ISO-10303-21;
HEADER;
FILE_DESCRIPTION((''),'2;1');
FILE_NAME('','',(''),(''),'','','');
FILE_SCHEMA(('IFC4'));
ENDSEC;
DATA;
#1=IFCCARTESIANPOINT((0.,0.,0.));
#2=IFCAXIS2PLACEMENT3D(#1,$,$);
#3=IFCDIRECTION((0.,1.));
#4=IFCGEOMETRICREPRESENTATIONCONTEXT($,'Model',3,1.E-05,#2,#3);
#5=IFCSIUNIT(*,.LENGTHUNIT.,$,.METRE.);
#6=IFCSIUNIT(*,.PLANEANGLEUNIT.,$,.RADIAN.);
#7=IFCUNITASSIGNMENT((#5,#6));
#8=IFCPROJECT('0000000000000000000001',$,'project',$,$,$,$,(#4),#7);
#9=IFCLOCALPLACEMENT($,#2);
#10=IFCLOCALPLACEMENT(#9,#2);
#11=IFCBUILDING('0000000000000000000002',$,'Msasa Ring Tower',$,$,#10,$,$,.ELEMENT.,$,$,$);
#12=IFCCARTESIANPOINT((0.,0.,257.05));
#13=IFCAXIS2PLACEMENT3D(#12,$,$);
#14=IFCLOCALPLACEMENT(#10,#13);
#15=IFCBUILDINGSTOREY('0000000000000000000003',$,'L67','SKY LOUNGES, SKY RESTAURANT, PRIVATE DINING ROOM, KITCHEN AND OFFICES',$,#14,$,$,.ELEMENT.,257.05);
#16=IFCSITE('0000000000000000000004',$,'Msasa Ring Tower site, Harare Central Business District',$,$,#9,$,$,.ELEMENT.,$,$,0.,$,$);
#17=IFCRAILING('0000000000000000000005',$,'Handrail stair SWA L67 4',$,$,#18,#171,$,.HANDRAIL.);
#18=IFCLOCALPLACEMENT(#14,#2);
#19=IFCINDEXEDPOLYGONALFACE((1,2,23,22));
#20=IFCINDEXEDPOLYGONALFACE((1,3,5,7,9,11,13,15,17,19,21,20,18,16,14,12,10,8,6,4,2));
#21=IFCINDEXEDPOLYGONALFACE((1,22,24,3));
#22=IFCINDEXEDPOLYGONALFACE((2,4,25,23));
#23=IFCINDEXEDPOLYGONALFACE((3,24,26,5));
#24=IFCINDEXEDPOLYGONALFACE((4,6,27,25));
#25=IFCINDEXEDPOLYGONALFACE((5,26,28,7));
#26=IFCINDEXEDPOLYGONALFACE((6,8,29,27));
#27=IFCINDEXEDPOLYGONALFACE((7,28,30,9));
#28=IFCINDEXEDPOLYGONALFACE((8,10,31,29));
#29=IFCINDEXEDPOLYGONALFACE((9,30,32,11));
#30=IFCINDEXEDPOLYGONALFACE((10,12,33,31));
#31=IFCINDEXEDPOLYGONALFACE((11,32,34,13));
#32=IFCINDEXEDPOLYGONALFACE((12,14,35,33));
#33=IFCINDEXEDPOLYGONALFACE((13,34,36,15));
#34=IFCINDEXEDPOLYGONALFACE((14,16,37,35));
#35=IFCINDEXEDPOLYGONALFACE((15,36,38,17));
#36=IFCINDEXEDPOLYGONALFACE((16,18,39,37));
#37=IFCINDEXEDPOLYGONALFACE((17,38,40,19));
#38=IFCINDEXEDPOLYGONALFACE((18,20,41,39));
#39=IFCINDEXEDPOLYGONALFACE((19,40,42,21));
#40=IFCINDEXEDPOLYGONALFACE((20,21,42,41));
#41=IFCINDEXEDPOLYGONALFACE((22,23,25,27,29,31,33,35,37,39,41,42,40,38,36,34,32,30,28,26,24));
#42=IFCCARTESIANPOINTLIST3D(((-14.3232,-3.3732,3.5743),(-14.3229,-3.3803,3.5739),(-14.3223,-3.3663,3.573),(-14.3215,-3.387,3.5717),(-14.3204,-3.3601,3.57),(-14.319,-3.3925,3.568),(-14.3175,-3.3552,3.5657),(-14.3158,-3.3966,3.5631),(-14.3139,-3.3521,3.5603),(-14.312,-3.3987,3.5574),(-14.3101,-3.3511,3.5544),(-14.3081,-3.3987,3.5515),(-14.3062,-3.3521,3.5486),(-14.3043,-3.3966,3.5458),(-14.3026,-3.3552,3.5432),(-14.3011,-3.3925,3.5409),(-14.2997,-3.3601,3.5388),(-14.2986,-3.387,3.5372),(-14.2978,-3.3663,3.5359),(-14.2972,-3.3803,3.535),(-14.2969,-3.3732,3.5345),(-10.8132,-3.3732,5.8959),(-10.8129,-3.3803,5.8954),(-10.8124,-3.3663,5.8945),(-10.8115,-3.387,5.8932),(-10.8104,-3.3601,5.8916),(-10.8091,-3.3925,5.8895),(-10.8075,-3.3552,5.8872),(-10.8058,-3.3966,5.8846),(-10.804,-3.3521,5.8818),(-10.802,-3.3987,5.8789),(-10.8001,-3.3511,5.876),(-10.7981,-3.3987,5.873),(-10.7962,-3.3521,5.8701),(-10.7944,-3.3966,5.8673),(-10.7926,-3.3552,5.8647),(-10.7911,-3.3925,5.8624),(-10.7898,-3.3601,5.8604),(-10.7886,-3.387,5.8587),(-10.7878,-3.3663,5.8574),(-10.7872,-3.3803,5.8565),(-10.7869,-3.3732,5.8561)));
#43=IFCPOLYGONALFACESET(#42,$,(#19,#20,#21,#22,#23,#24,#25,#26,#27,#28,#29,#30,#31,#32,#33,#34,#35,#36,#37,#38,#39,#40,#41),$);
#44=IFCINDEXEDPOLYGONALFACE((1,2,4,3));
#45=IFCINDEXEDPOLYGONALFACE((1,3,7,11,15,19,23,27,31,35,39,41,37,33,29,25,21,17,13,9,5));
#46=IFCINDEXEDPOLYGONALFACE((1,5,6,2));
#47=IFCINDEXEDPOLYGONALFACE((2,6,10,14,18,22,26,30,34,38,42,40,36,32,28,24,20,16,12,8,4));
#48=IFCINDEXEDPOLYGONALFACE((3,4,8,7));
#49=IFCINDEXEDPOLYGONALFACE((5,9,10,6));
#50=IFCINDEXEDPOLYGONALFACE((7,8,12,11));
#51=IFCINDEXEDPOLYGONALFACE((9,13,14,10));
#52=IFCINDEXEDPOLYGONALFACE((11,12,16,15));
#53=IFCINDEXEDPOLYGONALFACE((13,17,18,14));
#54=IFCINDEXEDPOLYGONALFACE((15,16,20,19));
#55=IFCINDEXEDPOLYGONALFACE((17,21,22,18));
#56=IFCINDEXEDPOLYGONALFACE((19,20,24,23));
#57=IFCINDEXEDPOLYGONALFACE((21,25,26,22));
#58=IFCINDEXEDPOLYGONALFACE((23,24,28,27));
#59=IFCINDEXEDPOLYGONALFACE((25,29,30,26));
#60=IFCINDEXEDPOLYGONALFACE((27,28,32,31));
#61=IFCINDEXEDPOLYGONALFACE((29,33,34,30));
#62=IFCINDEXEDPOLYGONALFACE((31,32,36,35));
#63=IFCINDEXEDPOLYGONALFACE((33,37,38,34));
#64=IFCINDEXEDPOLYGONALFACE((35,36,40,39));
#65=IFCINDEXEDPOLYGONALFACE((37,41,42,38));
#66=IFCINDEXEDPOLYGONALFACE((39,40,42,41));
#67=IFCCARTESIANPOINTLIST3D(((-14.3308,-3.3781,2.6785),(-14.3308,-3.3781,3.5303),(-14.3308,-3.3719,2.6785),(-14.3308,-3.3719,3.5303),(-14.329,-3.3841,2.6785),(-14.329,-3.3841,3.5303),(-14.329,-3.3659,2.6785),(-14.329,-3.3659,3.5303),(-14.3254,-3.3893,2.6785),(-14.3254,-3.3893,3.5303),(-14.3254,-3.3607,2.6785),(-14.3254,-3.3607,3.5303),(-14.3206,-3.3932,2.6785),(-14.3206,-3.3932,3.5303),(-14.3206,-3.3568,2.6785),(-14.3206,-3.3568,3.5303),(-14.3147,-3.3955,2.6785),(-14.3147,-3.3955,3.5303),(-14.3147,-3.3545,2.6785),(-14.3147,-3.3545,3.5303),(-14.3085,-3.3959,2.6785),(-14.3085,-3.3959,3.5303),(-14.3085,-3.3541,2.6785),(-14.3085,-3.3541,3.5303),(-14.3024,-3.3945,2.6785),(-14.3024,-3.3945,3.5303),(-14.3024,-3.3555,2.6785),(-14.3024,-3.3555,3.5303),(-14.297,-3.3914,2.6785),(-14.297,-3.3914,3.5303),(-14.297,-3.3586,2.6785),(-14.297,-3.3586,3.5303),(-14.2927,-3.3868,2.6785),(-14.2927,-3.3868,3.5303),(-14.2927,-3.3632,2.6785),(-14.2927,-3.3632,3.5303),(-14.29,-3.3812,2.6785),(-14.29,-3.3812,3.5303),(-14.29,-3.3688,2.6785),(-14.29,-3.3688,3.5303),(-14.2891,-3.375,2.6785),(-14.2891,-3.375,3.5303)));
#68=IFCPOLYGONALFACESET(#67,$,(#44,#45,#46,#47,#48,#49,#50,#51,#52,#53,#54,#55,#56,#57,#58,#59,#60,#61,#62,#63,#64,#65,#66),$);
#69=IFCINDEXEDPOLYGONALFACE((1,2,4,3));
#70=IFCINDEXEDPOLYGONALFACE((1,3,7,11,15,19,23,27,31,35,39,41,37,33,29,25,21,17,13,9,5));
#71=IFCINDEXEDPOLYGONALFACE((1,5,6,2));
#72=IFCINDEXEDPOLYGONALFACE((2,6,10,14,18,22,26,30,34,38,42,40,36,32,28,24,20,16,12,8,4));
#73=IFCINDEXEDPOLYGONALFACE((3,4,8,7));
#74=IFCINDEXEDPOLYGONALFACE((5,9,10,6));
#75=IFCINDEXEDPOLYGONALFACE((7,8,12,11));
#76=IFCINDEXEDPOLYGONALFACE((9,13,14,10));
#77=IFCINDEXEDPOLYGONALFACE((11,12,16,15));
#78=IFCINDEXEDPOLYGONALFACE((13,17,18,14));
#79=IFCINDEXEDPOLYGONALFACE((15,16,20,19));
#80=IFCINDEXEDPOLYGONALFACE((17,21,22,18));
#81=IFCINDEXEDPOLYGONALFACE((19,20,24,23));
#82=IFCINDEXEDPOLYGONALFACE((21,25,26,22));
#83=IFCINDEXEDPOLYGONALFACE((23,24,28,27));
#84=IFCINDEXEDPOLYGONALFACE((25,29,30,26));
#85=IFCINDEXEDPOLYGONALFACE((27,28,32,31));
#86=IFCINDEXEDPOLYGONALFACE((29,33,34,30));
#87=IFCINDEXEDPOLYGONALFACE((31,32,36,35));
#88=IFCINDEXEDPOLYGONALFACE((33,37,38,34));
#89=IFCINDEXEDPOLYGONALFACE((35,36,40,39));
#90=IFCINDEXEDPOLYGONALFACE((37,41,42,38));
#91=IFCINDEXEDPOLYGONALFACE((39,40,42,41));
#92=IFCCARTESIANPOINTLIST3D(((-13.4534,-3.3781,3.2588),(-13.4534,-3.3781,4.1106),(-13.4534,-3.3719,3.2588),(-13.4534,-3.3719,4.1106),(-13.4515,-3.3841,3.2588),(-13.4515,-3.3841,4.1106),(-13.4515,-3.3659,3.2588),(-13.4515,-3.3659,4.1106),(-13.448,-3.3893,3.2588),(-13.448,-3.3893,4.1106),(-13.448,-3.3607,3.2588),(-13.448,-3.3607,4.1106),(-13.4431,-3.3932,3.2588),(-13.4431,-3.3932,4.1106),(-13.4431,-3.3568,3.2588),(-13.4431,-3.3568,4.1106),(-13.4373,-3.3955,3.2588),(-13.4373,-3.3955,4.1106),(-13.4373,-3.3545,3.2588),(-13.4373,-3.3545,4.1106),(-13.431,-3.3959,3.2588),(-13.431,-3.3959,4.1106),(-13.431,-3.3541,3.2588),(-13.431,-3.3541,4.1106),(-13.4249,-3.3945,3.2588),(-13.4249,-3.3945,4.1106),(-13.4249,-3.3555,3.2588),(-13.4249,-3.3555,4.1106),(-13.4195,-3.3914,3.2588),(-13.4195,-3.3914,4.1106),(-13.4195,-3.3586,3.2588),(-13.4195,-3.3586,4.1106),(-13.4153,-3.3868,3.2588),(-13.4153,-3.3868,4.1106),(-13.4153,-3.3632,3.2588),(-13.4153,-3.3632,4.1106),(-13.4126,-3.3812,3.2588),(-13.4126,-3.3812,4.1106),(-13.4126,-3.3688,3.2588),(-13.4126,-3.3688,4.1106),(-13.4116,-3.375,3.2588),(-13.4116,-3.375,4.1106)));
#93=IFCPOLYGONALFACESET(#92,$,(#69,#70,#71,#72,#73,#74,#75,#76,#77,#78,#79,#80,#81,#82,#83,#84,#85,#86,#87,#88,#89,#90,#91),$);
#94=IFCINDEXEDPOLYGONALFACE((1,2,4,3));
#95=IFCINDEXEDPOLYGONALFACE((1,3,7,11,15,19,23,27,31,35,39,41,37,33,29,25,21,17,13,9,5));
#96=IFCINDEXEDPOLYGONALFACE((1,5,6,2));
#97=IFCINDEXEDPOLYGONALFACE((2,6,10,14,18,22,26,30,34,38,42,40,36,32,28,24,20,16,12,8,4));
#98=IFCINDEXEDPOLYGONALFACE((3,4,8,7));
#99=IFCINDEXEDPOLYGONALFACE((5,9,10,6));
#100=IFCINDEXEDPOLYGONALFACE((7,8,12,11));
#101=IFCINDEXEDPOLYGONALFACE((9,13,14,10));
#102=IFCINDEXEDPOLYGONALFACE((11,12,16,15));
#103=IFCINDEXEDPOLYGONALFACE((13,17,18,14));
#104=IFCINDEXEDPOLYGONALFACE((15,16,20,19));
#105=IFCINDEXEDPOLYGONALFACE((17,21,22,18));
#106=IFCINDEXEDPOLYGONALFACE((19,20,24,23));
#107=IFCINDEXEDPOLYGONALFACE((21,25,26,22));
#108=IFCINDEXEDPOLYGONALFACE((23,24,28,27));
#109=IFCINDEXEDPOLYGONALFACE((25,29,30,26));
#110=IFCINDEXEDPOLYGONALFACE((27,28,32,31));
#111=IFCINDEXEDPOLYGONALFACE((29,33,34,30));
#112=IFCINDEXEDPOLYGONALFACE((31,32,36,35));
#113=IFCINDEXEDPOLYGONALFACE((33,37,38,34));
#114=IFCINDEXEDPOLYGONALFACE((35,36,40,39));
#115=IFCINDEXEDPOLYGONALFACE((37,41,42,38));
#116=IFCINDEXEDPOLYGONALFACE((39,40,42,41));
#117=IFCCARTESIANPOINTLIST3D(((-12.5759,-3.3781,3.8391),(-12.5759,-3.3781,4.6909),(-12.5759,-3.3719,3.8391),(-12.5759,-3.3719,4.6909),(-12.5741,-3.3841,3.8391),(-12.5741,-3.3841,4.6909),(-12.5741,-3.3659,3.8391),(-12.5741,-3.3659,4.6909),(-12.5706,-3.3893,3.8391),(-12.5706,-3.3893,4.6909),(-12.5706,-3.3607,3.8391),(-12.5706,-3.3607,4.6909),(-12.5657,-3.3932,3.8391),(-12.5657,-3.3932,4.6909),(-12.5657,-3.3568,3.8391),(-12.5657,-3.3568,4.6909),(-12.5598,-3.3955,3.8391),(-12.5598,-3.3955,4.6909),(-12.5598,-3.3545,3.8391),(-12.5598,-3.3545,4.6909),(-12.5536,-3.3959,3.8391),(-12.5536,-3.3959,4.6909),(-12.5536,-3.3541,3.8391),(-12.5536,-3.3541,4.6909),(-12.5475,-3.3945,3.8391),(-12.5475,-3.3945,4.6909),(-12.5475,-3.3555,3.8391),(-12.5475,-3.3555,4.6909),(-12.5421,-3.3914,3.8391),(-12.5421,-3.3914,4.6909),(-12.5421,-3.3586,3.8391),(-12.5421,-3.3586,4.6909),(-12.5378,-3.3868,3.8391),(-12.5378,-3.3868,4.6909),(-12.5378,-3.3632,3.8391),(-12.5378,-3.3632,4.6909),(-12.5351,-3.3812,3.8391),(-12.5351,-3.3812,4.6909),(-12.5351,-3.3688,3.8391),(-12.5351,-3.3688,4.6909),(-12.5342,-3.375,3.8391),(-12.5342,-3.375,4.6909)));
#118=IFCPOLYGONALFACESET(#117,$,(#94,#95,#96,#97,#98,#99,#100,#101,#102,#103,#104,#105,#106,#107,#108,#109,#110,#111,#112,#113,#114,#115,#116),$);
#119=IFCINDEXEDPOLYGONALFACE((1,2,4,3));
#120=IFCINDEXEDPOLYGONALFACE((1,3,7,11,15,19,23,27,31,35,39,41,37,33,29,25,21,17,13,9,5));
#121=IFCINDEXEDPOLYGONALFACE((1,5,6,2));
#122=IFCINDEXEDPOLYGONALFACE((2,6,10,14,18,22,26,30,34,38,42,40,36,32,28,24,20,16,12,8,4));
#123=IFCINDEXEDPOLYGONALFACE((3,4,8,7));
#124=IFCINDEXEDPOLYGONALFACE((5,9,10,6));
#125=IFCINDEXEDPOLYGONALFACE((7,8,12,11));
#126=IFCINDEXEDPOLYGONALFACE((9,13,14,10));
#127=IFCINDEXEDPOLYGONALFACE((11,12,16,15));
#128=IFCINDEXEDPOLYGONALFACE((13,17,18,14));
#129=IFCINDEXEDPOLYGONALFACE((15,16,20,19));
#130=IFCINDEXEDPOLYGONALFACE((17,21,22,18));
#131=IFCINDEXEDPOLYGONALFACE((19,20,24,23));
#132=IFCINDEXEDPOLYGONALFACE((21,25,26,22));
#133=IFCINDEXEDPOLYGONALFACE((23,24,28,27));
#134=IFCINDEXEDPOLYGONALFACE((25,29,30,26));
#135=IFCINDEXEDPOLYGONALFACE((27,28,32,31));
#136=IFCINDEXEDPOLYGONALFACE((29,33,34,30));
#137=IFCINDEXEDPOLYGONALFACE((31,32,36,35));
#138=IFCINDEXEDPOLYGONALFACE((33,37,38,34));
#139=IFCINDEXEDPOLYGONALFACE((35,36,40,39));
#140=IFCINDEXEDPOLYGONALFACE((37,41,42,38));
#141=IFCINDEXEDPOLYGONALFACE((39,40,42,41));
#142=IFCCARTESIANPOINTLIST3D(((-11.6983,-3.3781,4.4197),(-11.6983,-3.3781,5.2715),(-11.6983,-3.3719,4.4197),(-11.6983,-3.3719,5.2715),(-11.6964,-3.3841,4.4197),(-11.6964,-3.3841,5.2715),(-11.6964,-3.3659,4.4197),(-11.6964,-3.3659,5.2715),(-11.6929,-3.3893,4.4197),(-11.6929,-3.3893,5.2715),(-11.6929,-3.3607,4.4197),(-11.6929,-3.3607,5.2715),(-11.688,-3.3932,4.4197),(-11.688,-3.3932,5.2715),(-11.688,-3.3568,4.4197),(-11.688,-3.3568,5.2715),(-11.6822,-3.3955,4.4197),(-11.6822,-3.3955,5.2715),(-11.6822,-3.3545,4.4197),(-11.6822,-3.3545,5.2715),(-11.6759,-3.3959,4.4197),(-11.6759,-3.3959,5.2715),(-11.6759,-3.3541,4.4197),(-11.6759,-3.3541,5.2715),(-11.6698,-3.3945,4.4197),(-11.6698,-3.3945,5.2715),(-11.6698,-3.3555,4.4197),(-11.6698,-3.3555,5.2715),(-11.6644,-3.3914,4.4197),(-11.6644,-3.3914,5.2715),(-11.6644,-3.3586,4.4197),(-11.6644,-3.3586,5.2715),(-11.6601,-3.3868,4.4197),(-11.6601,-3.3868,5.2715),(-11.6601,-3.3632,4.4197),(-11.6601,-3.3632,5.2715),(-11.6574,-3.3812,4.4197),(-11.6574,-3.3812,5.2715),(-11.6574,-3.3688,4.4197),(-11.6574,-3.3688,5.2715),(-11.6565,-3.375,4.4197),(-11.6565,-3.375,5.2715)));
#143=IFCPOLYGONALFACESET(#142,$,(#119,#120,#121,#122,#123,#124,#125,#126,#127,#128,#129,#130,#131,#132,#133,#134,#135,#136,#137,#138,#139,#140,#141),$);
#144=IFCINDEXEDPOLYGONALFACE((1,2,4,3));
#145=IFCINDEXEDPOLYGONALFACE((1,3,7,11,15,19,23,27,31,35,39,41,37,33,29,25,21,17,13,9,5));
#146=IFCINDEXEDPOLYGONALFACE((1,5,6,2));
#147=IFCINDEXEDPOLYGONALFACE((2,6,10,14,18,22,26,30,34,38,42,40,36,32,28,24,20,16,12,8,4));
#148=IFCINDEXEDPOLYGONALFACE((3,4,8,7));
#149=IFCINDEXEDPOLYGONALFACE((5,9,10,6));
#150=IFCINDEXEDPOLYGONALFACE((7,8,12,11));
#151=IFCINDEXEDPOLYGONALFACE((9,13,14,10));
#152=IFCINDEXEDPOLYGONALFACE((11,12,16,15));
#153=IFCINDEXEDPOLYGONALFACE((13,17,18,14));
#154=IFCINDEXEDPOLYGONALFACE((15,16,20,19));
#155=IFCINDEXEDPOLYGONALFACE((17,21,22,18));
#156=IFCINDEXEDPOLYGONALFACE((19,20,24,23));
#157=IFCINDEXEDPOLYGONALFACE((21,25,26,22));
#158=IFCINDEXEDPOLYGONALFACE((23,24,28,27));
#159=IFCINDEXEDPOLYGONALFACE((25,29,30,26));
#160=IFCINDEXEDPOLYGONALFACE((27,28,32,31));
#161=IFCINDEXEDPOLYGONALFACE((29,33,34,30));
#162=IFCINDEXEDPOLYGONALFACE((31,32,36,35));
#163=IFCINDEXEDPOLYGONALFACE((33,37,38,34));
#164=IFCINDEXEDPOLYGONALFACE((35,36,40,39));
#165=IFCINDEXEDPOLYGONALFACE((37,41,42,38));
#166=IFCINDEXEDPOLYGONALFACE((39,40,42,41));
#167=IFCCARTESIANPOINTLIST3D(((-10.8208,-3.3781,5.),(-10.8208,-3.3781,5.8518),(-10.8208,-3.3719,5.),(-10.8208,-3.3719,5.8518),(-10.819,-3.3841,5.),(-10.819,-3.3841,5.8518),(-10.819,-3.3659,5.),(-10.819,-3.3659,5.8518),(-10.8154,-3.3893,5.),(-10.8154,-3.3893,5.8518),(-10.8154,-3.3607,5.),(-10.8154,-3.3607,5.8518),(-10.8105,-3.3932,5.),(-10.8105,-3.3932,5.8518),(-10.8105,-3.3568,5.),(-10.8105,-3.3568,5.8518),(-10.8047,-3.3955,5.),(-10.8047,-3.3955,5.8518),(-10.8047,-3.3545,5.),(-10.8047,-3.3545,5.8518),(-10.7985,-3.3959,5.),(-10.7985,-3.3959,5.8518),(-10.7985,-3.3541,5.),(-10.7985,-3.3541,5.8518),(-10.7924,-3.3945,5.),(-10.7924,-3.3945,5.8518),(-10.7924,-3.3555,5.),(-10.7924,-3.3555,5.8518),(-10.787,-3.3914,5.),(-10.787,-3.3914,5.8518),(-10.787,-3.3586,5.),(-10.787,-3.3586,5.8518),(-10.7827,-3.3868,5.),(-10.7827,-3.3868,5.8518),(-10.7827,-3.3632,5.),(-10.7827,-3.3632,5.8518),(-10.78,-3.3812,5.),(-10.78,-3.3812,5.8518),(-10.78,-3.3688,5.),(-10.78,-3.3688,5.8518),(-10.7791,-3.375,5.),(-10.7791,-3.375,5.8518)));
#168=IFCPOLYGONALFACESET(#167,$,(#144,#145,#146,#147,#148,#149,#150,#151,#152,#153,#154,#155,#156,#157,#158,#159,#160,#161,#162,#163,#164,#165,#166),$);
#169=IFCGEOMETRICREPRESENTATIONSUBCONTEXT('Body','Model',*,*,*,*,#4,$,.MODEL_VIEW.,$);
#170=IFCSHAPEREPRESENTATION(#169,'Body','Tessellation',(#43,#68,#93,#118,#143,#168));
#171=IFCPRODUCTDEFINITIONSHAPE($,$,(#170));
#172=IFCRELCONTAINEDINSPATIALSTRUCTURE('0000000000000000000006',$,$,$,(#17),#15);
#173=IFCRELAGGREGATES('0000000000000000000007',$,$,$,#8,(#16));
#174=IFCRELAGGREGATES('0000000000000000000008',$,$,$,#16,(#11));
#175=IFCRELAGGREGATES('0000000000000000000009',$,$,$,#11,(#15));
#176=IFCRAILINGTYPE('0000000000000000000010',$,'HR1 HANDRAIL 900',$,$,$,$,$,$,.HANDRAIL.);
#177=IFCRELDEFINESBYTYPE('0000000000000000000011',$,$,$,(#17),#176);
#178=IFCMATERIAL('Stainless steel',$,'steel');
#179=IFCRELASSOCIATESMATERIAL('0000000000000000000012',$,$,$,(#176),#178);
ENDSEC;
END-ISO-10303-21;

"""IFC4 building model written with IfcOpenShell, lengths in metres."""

from ifc_helpers import new_model, si_unit, direction, frame, origin, origin_2d, place, context, subcontext, project, spatial, circle, extrude, material, type_object, element, save


model = new_model("IFC4")

# Units and contexts
model_context = context("Model", 3, precision=1e-05, world=origin(), true_north=direction((0.0, 1.0)))
body_context = subcontext(model_context, "Body", "Model", "MODEL_VIEW")
ifc_project = project(units=[si_unit("LENGTHUNIT", "METRE"), si_unit("PLANEANGLEUNIT", "RADIAN")], contexts=[model_context])

# Site, building, storey
site_placement = place(None, origin())
site = spatial("IfcSite", under=ifc_project, at=site_placement, Name="Msasa Ring Tower site, Harare Central Business District", CompositionType="ELEMENT", RefElevation=0.0)
building_placement = place(site_placement, origin())
building = spatial("IfcBuilding", under=site, at=building_placement, Name="Msasa Ring Tower", CompositionType="ELEMENT")
storey_placement = place(building_placement, frame((0.0, 0.0, 257.05)))
storey = spatial("IfcBuildingStorey", under=building, at=storey_placement, Name="L67", Description="SKY LOUNGES, SKY RESTAURANT, PRIVATE DINING ROOM, KITCHEN AND OFFICES", CompositionType="ELEMENT", Elevation=257.05)

# Railing
ifc_material_1 = material(Name="Stainless steel", Category="steel")
railing_type = type_object("IfcRailingType", Name="HR1 HANDRAIL 900", PredefinedType="HANDRAIL", material=ifc_material_1)
for number, where, name in (
    (1, (-14.3101, -3.375, 2.6785), "Handrail stair SWA L67 4"),
):
    element("IfcRailing", number, at=place(storey_placement, frame(where)), inside=storey, type_object=railing_type, Name=name, PredefinedType="HANDRAIL", context=body_context, shape_type="SweptSolid", body=[
        extrude(circle(Radius=0.0239, at=origin_2d()), frame((0.0, 0.0, 0.876), z_axis=(0.834071, 0.0, 0.551657), x_axis=(0.0, 1.0, 0.0)), (0.0, 0.0, 1.0), 4.2083),
        extrude(circle(Radius=0.021, at=origin_2d()), origin(), (0.0, 0.0, 1.0), 0.8518),
        extrude(circle(Radius=0.021, at=origin_2d()), frame((0.8774, 0.0, 0.5803)), (0.0, 0.0, 1.0), 0.8518),
        extrude(circle(Radius=0.021, at=origin_2d()), frame((1.7549, 0.0, 1.1606)), (0.0, 0.0, 1.0), 0.8518),
        extrude(circle(Radius=0.021, at=origin_2d()), frame((2.6326, 0.0, 1.7412)), (0.0, 0.0, 1.0), 0.8518),
        extrude(circle(Radius=0.021, at=origin_2d()), frame((3.51, 0.0, 2.3215)), (0.0, 0.0, 1.0), 0.8518),
    ])

save(model, "model.ifc")
